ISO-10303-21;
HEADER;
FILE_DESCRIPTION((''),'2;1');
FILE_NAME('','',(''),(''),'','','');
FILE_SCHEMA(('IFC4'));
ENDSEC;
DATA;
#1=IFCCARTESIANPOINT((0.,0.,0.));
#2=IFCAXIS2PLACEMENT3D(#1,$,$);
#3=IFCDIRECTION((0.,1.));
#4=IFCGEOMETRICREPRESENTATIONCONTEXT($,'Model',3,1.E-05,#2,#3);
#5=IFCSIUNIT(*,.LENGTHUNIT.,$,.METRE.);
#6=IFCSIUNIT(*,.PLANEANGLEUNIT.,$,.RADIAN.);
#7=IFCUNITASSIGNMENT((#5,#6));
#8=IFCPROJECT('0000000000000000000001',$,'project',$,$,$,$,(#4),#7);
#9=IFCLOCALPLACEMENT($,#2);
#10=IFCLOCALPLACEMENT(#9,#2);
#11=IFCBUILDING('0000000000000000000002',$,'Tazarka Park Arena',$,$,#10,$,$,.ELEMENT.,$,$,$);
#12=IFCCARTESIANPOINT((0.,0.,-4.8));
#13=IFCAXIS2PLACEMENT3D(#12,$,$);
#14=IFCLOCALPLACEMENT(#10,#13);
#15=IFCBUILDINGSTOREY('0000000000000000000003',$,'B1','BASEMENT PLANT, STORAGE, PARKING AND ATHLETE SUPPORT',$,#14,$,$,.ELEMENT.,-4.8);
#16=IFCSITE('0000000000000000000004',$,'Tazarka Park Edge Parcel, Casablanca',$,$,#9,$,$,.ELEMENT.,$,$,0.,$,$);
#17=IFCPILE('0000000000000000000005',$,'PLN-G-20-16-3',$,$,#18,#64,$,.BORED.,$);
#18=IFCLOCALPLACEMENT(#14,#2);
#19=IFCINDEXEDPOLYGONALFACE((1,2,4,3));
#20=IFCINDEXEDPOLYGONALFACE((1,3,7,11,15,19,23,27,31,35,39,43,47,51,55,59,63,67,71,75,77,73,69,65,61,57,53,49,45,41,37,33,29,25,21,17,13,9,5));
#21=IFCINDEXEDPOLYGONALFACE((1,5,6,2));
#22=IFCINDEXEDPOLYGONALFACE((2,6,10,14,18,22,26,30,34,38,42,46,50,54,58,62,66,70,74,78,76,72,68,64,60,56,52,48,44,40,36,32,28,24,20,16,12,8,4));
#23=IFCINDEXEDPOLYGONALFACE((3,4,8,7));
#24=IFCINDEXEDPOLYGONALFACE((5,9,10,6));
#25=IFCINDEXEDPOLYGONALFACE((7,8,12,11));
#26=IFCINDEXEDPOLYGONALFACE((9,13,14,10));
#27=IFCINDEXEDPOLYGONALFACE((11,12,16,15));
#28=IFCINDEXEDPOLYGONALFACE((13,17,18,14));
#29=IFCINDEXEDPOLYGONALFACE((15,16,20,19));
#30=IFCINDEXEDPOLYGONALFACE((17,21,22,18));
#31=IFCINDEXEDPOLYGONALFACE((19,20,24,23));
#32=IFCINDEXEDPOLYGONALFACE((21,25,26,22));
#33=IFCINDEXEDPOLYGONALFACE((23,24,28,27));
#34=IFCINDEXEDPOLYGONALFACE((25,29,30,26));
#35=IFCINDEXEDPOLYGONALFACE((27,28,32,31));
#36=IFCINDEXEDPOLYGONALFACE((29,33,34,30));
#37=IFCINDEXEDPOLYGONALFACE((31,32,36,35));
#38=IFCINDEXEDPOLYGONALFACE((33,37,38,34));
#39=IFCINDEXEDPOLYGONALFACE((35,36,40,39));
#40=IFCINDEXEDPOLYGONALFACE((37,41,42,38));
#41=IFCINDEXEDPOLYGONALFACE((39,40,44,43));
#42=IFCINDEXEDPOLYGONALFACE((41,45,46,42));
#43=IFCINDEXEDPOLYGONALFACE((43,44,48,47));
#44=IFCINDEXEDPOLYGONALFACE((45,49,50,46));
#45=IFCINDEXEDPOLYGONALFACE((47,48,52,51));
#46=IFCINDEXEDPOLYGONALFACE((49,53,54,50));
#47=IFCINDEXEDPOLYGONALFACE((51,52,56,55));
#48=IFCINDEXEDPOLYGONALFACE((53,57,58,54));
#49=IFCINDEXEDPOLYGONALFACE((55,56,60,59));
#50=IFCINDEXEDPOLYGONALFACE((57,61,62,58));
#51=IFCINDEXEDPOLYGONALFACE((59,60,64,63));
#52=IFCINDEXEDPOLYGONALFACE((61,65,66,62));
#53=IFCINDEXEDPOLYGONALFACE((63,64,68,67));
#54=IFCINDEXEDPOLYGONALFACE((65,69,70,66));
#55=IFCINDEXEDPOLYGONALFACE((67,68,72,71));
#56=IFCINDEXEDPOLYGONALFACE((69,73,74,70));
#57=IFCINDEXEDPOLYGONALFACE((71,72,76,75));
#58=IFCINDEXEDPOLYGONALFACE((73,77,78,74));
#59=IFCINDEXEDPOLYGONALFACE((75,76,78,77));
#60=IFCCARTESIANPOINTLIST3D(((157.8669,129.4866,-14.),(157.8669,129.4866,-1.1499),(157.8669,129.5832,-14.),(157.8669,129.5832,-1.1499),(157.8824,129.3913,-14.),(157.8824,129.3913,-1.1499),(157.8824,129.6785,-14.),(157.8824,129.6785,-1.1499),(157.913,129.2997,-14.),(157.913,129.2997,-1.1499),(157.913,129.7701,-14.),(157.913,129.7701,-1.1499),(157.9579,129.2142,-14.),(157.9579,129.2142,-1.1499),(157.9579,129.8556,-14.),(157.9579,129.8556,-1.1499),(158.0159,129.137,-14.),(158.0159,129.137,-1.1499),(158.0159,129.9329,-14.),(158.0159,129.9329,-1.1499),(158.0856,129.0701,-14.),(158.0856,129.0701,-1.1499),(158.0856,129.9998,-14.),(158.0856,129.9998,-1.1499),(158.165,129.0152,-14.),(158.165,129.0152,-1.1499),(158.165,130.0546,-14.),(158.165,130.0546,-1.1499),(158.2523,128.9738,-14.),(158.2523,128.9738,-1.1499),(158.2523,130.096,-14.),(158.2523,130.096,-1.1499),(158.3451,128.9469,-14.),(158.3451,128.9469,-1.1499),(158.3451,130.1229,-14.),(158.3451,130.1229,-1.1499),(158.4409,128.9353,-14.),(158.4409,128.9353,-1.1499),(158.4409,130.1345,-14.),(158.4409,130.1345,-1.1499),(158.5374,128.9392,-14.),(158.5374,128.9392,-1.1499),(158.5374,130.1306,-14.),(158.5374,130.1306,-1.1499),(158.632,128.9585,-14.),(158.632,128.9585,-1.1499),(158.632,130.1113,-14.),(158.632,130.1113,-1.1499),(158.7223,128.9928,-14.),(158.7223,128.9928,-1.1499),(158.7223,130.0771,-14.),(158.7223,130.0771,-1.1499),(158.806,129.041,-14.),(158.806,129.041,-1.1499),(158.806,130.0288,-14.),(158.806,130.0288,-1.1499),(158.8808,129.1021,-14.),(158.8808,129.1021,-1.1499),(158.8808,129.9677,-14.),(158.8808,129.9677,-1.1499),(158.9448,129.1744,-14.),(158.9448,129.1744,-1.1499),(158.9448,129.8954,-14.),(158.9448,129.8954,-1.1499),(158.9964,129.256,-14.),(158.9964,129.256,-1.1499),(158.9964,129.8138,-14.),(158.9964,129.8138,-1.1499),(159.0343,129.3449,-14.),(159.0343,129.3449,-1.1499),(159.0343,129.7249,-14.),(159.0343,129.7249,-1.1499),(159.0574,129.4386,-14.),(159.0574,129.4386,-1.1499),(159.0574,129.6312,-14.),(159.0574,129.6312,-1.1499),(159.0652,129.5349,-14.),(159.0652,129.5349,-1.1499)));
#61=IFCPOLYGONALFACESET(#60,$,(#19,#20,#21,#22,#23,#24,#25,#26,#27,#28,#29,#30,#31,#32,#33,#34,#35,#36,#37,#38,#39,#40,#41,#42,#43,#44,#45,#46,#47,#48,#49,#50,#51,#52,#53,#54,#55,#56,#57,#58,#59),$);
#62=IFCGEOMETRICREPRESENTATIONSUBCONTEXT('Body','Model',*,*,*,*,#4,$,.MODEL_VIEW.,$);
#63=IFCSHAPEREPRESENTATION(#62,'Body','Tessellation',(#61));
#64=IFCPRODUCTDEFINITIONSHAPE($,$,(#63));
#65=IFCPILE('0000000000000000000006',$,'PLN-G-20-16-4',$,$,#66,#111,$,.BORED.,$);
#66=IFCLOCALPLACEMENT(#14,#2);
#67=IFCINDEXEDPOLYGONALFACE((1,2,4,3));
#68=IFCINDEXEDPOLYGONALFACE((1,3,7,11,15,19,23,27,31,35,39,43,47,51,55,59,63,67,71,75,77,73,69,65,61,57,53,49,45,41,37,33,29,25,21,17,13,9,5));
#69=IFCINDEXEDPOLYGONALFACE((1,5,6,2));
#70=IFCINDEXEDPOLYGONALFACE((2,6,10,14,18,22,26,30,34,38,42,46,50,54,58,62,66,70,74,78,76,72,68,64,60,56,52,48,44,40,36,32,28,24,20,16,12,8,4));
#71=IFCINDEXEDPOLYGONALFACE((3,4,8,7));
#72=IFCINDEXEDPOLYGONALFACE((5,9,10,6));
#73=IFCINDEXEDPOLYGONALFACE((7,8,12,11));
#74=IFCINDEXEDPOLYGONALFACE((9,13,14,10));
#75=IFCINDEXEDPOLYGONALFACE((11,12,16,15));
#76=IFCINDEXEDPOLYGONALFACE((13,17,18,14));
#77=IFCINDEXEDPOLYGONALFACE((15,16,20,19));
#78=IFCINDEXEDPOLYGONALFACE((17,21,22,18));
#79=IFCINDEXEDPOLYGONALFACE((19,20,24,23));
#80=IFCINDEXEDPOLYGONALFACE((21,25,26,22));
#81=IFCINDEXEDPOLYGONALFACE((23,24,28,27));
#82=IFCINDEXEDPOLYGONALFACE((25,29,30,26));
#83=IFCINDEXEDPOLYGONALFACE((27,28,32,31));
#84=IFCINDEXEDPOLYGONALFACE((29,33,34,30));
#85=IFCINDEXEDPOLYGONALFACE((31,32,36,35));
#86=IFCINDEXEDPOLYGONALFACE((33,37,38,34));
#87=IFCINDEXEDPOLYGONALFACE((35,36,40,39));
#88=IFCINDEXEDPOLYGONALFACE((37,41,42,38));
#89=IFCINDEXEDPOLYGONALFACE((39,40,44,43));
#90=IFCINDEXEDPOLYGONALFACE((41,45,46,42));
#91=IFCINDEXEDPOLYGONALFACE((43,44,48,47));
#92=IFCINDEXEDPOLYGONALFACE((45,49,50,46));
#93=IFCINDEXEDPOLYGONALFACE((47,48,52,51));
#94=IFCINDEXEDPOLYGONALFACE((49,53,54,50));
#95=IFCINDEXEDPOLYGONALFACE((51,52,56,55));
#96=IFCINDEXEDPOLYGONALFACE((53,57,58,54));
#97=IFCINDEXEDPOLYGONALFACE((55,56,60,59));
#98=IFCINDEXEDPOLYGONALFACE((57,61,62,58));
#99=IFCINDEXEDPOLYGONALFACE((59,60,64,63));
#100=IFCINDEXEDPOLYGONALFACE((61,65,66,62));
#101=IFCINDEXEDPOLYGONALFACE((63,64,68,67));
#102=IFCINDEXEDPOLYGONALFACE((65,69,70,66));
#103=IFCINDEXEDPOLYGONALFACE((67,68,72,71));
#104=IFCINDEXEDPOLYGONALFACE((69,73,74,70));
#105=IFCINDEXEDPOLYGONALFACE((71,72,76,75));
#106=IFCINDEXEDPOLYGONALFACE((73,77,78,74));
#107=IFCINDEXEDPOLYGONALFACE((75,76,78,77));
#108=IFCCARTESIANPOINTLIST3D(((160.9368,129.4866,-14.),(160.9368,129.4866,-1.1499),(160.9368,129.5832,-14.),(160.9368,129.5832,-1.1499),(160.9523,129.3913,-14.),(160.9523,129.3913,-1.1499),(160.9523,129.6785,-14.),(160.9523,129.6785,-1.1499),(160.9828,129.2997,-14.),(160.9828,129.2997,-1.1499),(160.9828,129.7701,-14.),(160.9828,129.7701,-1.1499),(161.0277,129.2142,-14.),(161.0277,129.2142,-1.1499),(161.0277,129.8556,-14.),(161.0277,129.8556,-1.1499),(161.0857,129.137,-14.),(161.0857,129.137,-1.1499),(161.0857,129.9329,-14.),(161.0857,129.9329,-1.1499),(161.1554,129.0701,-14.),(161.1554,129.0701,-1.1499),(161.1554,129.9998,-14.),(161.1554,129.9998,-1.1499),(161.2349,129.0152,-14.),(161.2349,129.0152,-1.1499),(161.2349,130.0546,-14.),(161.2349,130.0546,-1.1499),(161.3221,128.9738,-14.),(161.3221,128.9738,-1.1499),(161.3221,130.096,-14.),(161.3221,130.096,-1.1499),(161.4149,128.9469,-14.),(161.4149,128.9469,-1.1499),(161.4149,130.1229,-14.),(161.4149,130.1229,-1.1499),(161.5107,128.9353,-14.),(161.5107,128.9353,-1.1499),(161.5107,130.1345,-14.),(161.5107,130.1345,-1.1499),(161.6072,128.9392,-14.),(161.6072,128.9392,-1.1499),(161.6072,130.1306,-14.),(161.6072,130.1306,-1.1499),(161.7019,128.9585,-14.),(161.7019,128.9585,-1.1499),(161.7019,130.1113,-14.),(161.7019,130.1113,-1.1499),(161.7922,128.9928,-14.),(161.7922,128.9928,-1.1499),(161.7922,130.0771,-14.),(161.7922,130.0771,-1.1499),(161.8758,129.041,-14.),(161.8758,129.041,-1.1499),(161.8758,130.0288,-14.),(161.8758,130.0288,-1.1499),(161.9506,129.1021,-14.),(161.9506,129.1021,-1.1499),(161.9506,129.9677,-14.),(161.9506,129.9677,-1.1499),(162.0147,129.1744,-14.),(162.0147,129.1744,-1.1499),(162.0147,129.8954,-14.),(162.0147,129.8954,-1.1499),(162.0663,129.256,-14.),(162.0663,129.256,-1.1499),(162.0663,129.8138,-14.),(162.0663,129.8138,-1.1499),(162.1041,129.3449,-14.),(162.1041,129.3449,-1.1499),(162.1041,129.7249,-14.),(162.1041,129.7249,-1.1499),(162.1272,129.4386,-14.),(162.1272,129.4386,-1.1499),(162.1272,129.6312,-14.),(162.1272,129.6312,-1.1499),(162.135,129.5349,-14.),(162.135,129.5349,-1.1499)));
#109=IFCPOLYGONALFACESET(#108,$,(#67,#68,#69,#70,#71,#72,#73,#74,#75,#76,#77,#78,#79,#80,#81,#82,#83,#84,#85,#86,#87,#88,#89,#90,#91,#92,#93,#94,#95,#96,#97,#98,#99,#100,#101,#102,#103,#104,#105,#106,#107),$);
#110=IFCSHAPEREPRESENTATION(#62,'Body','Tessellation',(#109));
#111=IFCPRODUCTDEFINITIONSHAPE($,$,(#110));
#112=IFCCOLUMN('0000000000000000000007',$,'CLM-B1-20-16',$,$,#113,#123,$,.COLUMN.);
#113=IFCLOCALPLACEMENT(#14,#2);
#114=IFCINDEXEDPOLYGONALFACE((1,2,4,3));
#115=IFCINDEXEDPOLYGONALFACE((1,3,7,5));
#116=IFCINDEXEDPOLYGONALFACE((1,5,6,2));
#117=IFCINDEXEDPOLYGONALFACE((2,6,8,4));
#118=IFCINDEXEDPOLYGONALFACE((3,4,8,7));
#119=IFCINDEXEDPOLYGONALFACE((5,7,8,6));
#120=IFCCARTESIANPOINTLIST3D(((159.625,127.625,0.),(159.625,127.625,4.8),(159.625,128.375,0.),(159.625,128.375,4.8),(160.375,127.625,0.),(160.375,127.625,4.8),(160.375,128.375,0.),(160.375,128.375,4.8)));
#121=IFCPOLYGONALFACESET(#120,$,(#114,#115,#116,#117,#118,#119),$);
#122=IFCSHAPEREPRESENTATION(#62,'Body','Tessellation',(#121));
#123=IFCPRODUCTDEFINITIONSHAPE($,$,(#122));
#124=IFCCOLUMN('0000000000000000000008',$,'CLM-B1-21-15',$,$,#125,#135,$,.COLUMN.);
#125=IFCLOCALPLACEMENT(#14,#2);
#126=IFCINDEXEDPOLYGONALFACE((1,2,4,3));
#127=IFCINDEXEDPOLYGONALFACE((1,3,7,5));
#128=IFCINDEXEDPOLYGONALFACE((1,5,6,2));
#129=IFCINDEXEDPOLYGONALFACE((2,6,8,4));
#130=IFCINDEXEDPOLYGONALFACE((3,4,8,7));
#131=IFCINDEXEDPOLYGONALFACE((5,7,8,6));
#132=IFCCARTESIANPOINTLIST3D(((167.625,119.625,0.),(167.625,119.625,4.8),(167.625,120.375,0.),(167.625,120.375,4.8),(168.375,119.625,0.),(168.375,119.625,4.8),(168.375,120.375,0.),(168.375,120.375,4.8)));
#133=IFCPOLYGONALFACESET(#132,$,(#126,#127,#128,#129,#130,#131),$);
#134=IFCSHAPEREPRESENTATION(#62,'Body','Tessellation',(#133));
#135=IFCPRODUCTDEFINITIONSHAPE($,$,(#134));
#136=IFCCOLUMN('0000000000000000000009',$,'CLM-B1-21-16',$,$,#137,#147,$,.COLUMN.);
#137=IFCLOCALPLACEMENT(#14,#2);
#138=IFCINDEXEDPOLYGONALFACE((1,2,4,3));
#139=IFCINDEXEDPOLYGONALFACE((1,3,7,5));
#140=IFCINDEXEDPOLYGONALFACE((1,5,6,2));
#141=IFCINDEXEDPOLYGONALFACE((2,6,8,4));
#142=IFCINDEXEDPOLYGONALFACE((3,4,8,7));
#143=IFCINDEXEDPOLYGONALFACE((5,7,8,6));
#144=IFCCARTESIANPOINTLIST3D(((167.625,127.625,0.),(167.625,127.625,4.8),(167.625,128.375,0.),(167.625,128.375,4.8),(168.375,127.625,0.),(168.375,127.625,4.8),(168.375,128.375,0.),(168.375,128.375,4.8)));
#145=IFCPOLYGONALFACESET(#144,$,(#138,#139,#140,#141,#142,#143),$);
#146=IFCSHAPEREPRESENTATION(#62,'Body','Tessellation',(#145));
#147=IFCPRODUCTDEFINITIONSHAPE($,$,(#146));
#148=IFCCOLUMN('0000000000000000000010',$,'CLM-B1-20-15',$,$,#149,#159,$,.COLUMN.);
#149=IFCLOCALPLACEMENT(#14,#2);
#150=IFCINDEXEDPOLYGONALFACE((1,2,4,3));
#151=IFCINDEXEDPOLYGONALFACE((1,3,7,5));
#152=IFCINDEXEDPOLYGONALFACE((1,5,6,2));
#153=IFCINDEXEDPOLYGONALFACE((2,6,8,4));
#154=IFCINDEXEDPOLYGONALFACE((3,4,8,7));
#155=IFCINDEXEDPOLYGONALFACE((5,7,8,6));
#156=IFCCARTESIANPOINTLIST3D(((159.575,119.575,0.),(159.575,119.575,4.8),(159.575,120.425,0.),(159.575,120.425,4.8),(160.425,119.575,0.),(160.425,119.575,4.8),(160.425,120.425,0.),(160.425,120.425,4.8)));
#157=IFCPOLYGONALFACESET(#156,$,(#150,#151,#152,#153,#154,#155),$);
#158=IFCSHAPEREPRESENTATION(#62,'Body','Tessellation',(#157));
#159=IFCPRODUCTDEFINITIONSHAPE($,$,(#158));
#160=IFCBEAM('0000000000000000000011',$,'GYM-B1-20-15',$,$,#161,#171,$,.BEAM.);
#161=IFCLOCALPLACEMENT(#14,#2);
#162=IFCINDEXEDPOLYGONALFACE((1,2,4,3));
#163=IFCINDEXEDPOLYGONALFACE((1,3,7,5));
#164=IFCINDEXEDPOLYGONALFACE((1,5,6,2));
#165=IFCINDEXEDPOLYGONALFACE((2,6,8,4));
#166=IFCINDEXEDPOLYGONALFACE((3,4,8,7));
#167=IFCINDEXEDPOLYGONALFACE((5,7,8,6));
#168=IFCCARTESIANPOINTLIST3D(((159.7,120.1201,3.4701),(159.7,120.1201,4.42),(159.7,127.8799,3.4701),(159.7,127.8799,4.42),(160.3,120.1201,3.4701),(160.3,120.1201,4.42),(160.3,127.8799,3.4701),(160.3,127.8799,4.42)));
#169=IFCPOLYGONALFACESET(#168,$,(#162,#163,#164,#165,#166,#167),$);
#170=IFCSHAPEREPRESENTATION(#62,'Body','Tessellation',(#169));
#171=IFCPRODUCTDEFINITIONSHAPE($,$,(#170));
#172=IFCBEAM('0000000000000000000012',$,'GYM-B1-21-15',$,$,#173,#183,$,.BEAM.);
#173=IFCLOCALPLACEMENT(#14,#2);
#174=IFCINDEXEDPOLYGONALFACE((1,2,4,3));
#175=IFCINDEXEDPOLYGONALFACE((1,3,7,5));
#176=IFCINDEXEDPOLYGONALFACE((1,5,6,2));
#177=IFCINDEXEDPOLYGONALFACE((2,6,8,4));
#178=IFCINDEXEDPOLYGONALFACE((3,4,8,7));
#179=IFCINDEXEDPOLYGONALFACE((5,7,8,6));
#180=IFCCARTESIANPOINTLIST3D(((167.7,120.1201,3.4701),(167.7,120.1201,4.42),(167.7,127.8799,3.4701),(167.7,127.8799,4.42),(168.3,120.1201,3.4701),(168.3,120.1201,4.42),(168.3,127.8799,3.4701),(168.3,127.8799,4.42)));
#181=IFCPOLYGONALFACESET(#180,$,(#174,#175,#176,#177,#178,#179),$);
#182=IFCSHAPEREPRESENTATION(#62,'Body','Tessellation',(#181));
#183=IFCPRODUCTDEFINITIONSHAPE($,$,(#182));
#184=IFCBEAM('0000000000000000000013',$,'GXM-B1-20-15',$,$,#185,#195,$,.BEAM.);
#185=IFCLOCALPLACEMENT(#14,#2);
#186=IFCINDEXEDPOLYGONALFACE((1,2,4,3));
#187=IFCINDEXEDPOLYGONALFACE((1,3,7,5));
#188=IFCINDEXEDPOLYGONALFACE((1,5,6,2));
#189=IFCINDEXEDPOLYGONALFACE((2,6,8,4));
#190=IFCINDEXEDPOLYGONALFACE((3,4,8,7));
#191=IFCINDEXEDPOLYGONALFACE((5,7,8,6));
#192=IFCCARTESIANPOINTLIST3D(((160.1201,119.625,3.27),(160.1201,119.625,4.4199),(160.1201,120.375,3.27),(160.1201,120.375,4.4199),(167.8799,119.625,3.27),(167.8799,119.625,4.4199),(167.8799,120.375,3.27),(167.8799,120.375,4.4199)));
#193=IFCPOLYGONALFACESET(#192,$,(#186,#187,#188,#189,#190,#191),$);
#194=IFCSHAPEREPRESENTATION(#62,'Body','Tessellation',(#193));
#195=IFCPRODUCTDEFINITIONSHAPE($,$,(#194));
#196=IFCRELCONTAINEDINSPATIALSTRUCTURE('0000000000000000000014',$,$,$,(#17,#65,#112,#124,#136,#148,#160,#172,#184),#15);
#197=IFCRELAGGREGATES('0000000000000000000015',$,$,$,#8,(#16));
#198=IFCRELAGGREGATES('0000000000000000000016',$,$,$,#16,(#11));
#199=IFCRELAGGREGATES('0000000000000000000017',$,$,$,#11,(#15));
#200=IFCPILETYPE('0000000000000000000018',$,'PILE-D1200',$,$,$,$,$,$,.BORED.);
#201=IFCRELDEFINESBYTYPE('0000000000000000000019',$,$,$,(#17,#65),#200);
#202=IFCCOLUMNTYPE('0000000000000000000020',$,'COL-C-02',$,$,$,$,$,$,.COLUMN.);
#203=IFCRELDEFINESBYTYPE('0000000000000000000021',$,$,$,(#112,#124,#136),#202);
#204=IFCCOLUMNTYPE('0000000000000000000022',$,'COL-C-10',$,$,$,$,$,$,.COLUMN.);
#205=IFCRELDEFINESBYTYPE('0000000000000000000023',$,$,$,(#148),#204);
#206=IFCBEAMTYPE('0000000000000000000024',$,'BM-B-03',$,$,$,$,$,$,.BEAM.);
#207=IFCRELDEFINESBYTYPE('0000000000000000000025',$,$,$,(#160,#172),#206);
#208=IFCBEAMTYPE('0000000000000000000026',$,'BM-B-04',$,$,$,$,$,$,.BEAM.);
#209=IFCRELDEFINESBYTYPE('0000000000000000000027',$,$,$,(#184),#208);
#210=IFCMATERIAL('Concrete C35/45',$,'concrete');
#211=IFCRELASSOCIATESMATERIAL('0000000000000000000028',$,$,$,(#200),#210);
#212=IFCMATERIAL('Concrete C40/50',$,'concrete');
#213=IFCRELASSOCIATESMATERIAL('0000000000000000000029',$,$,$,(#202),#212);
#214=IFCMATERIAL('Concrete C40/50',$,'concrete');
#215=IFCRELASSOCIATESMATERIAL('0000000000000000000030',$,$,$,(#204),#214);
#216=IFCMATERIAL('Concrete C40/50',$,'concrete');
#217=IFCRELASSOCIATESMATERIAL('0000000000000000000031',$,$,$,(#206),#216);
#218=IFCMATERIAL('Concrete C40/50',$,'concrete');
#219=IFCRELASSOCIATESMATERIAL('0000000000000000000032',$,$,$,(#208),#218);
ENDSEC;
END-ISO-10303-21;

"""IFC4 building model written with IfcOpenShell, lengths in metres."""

from ifc_helpers import new_model, si_unit, direction, frame, origin, origin_2d, place, context, subcontext, project, spatial, rectangle, circle, extrude, material, material_profile, profile_set, type_object, element, save


model = new_model("IFC4")

# Units and contexts
model_context = context("Model", 3, precision=1e-05, world=origin(), true_north=direction((0.0, 1.0)))
body_context = subcontext(model_context, "Body", "Model", "MODEL_VIEW")
ifc_project = project(units=[si_unit("LENGTHUNIT", "METRE"), si_unit("PLANEANGLEUNIT", "RADIAN")], contexts=[model_context])

# Site, building, storey
site_placement = place(None, origin())
site = spatial("IfcSite", under=ifc_project, at=site_placement, Name="Tazarka Park Edge Parcel, Casablanca", CompositionType="ELEMENT", RefElevation=0.0)
building_placement = place(site_placement, origin())
building = spatial("IfcBuilding", under=site, at=building_placement, Name="Tazarka Park Arena", CompositionType="ELEMENT")
storey_placement = place(building_placement, frame((0.0, 0.0, -4.8)))
storey = spatial("IfcBuildingStorey", under=building, at=storey_placement, Name="B1", Description="BASEMENT PLANT, STORAGE, PARKING AND ATHLETE SUPPORT", CompositionType="ELEMENT", Elevation=-4.8)

# Piles
ifc_material_1 = material(Name="Concrete C35/45", Category="concrete")
ifc_material_profile_1 = material_profile(ifc_material_1, circle(Radius=0.6001, at=origin_2d()), Name="Concrete C35/45")
ifc_profile_set_1 = profile_set([ifc_material_profile_1], Name="Concrete C35/45")
pile_type = type_object("IfcPileType", Name="PILE-D1200", PredefinedType="BORED", material=ifc_profile_set_1)
for number, where, z_axis, x_axis, name in (
    (1, (158.4651, 129.5349, -1.1499), (0.0, 0.0, -1.0), (1.0, 0.0, 0.0), "PLN-G-20-16-3"),
    (2, (161.5349, 129.5349, -1.1499), (0.0, 0.0, -1.0), (1.0, 0.0, 0.0), "PLN-G-20-16-4"),
):
    element("IfcPile", number, at=place(storey_placement, frame(where, z_axis=z_axis, x_axis=x_axis)), inside=storey, type_object=pile_type, Name=name, PredefinedType="BORED", context=body_context, shape_type="SweptSolid", body=[
        extrude(circle(Radius=0.6001, at=origin_2d()), origin(), (0.0, 0.0, 1.0), 12.8501),
    ])

# Columns
ifc_material_2 = material(Name="Concrete C40/50", Category="concrete")
ifc_material_profile_2 = material_profile(ifc_material_2, rectangle(XDim=0.75, YDim=0.75, at=origin_2d()), Name="Concrete C40/50")
ifc_profile_set_2 = profile_set([ifc_material_profile_2], Name="Concrete C40/50")
column_type_1 = type_object("IfcColumnType", Name="COL-C-02", PredefinedType="COLUMN", material=ifc_profile_set_2)
for number, where, z_axis, x_axis, name in (
    (3, (160.0, 128.0, 0.0), (0.0, 0.0, 1.0), (1.0, 0.0, 0.0), "CLM-B1-20-16"),
    (4, (168.0, 120.0, 0.0), (0.0, 0.0, 1.0), (1.0, 0.0, 0.0), "CLM-B1-21-15"),
    (5, (168.0, 128.0, 0.0), (0.0, 0.0, 1.0), (1.0, 0.0, 0.0), "CLM-B1-21-16"),
):
    element("IfcColumn", number, at=place(storey_placement, frame(where, z_axis=z_axis, x_axis=x_axis)), inside=storey, type_object=column_type_1, Name=name, PredefinedType="COLUMN", context=body_context, shape_type="SweptSolid", body=[
        extrude(rectangle(XDim=0.75, YDim=0.75, at=origin_2d()), origin(), (0.0, 0.0, 1.0), 4.8),
    ])
ifc_material_3 = material(Name="Concrete C40/50", Category="concrete")
ifc_material_profile_3 = material_profile(ifc_material_3, rectangle(XDim=0.8501, YDim=0.8501, at=origin_2d()), Name="Concrete C40/50")
ifc_profile_set_3 = profile_set([ifc_material_profile_3], Name="Concrete C40/50")
column_type_2 = type_object("IfcColumnType", Name="COL-C-10", PredefinedType="COLUMN", material=ifc_profile_set_3)
column_placement = place(storey_placement, frame((160.0, 120.0, 0.0), z_axis=(0.0, 0.0, 1.0), x_axis=(1.0, 0.0, 0.0)))
element("IfcColumn", 6, at=column_placement, inside=storey, type_object=column_type_2, Name="CLM-B1-20-15", PredefinedType="COLUMN", context=body_context, shape_type="SweptSolid", body=[
    extrude(rectangle(XDim=0.8501, YDim=0.8501, at=origin_2d()), origin(), (0.0, 0.0, 1.0), 4.8),
])

# Beams
ifc_material_4 = material(Name="Concrete C40/50", Category="concrete")
ifc_material_profile_4 = material_profile(ifc_material_4, rectangle(XDim=0.6001, YDim=0.95, at=origin_2d()), Name="Concrete C40/50")
ifc_profile_set_4 = profile_set([ifc_material_profile_4], Name="Concrete C40/50")
beam_type_1 = type_object("IfcBeamType", Name="BM-B-03", PredefinedType="BEAM", material=ifc_profile_set_4)
for number, where, z_axis, x_axis, name in (
    (7, (160.0, 120.1201, 3.9451), (0.0, 1.0, 0.0), (-1.0, 0.0, 0.0), "GYM-B1-20-15"),
    (8, (168.0, 120.1201, 3.9451), (0.0, 1.0, 0.0), (-1.0, 0.0, 0.0), "GYM-B1-21-15"),
):
    element("IfcBeam", number, at=place(storey_placement, frame(where, z_axis=z_axis, x_axis=x_axis)), inside=storey, type_object=beam_type_1, Name=name, PredefinedType="BEAM", context=body_context, shape_type="SweptSolid", body=[
        extrude(rectangle(XDim=0.6001, YDim=0.95, at=origin_2d()), origin(), (0.0, 0.0, 1.0), 7.7598),
    ])
ifc_material_5 = material(Name="Concrete C40/50", Category="concrete")
ifc_material_profile_5 = material_profile(ifc_material_5, rectangle(XDim=0.75, YDim=1.1499, at=origin_2d()), Name="Concrete C40/50")
ifc_profile_set_5 = profile_set([ifc_material_profile_5], Name="Concrete C40/50")
beam_type_2 = type_object("IfcBeamType", Name="BM-B-04", PredefinedType="BEAM", material=ifc_profile_set_5)
for number, where, z_axis, x_axis, name in (
    (9, (160.1201, 120.0, 3.845), (1.0, 0.0, 0.0), (0.0, 1.0, 0.0), "GXM-B1-20-15"),
):
    element("IfcBeam", number, at=place(storey_placement, frame(where, z_axis=z_axis, x_axis=x_axis)), inside=storey, type_object=beam_type_2, Name=name, PredefinedType="BEAM", context=body_context, shape_type="SweptSolid", body=[
        extrude(rectangle(XDim=0.75, YDim=1.1499, at=origin_2d()), origin(), (0.0, 0.0, 1.0), 7.7598),
    ])

save(model, "model.ifc")
